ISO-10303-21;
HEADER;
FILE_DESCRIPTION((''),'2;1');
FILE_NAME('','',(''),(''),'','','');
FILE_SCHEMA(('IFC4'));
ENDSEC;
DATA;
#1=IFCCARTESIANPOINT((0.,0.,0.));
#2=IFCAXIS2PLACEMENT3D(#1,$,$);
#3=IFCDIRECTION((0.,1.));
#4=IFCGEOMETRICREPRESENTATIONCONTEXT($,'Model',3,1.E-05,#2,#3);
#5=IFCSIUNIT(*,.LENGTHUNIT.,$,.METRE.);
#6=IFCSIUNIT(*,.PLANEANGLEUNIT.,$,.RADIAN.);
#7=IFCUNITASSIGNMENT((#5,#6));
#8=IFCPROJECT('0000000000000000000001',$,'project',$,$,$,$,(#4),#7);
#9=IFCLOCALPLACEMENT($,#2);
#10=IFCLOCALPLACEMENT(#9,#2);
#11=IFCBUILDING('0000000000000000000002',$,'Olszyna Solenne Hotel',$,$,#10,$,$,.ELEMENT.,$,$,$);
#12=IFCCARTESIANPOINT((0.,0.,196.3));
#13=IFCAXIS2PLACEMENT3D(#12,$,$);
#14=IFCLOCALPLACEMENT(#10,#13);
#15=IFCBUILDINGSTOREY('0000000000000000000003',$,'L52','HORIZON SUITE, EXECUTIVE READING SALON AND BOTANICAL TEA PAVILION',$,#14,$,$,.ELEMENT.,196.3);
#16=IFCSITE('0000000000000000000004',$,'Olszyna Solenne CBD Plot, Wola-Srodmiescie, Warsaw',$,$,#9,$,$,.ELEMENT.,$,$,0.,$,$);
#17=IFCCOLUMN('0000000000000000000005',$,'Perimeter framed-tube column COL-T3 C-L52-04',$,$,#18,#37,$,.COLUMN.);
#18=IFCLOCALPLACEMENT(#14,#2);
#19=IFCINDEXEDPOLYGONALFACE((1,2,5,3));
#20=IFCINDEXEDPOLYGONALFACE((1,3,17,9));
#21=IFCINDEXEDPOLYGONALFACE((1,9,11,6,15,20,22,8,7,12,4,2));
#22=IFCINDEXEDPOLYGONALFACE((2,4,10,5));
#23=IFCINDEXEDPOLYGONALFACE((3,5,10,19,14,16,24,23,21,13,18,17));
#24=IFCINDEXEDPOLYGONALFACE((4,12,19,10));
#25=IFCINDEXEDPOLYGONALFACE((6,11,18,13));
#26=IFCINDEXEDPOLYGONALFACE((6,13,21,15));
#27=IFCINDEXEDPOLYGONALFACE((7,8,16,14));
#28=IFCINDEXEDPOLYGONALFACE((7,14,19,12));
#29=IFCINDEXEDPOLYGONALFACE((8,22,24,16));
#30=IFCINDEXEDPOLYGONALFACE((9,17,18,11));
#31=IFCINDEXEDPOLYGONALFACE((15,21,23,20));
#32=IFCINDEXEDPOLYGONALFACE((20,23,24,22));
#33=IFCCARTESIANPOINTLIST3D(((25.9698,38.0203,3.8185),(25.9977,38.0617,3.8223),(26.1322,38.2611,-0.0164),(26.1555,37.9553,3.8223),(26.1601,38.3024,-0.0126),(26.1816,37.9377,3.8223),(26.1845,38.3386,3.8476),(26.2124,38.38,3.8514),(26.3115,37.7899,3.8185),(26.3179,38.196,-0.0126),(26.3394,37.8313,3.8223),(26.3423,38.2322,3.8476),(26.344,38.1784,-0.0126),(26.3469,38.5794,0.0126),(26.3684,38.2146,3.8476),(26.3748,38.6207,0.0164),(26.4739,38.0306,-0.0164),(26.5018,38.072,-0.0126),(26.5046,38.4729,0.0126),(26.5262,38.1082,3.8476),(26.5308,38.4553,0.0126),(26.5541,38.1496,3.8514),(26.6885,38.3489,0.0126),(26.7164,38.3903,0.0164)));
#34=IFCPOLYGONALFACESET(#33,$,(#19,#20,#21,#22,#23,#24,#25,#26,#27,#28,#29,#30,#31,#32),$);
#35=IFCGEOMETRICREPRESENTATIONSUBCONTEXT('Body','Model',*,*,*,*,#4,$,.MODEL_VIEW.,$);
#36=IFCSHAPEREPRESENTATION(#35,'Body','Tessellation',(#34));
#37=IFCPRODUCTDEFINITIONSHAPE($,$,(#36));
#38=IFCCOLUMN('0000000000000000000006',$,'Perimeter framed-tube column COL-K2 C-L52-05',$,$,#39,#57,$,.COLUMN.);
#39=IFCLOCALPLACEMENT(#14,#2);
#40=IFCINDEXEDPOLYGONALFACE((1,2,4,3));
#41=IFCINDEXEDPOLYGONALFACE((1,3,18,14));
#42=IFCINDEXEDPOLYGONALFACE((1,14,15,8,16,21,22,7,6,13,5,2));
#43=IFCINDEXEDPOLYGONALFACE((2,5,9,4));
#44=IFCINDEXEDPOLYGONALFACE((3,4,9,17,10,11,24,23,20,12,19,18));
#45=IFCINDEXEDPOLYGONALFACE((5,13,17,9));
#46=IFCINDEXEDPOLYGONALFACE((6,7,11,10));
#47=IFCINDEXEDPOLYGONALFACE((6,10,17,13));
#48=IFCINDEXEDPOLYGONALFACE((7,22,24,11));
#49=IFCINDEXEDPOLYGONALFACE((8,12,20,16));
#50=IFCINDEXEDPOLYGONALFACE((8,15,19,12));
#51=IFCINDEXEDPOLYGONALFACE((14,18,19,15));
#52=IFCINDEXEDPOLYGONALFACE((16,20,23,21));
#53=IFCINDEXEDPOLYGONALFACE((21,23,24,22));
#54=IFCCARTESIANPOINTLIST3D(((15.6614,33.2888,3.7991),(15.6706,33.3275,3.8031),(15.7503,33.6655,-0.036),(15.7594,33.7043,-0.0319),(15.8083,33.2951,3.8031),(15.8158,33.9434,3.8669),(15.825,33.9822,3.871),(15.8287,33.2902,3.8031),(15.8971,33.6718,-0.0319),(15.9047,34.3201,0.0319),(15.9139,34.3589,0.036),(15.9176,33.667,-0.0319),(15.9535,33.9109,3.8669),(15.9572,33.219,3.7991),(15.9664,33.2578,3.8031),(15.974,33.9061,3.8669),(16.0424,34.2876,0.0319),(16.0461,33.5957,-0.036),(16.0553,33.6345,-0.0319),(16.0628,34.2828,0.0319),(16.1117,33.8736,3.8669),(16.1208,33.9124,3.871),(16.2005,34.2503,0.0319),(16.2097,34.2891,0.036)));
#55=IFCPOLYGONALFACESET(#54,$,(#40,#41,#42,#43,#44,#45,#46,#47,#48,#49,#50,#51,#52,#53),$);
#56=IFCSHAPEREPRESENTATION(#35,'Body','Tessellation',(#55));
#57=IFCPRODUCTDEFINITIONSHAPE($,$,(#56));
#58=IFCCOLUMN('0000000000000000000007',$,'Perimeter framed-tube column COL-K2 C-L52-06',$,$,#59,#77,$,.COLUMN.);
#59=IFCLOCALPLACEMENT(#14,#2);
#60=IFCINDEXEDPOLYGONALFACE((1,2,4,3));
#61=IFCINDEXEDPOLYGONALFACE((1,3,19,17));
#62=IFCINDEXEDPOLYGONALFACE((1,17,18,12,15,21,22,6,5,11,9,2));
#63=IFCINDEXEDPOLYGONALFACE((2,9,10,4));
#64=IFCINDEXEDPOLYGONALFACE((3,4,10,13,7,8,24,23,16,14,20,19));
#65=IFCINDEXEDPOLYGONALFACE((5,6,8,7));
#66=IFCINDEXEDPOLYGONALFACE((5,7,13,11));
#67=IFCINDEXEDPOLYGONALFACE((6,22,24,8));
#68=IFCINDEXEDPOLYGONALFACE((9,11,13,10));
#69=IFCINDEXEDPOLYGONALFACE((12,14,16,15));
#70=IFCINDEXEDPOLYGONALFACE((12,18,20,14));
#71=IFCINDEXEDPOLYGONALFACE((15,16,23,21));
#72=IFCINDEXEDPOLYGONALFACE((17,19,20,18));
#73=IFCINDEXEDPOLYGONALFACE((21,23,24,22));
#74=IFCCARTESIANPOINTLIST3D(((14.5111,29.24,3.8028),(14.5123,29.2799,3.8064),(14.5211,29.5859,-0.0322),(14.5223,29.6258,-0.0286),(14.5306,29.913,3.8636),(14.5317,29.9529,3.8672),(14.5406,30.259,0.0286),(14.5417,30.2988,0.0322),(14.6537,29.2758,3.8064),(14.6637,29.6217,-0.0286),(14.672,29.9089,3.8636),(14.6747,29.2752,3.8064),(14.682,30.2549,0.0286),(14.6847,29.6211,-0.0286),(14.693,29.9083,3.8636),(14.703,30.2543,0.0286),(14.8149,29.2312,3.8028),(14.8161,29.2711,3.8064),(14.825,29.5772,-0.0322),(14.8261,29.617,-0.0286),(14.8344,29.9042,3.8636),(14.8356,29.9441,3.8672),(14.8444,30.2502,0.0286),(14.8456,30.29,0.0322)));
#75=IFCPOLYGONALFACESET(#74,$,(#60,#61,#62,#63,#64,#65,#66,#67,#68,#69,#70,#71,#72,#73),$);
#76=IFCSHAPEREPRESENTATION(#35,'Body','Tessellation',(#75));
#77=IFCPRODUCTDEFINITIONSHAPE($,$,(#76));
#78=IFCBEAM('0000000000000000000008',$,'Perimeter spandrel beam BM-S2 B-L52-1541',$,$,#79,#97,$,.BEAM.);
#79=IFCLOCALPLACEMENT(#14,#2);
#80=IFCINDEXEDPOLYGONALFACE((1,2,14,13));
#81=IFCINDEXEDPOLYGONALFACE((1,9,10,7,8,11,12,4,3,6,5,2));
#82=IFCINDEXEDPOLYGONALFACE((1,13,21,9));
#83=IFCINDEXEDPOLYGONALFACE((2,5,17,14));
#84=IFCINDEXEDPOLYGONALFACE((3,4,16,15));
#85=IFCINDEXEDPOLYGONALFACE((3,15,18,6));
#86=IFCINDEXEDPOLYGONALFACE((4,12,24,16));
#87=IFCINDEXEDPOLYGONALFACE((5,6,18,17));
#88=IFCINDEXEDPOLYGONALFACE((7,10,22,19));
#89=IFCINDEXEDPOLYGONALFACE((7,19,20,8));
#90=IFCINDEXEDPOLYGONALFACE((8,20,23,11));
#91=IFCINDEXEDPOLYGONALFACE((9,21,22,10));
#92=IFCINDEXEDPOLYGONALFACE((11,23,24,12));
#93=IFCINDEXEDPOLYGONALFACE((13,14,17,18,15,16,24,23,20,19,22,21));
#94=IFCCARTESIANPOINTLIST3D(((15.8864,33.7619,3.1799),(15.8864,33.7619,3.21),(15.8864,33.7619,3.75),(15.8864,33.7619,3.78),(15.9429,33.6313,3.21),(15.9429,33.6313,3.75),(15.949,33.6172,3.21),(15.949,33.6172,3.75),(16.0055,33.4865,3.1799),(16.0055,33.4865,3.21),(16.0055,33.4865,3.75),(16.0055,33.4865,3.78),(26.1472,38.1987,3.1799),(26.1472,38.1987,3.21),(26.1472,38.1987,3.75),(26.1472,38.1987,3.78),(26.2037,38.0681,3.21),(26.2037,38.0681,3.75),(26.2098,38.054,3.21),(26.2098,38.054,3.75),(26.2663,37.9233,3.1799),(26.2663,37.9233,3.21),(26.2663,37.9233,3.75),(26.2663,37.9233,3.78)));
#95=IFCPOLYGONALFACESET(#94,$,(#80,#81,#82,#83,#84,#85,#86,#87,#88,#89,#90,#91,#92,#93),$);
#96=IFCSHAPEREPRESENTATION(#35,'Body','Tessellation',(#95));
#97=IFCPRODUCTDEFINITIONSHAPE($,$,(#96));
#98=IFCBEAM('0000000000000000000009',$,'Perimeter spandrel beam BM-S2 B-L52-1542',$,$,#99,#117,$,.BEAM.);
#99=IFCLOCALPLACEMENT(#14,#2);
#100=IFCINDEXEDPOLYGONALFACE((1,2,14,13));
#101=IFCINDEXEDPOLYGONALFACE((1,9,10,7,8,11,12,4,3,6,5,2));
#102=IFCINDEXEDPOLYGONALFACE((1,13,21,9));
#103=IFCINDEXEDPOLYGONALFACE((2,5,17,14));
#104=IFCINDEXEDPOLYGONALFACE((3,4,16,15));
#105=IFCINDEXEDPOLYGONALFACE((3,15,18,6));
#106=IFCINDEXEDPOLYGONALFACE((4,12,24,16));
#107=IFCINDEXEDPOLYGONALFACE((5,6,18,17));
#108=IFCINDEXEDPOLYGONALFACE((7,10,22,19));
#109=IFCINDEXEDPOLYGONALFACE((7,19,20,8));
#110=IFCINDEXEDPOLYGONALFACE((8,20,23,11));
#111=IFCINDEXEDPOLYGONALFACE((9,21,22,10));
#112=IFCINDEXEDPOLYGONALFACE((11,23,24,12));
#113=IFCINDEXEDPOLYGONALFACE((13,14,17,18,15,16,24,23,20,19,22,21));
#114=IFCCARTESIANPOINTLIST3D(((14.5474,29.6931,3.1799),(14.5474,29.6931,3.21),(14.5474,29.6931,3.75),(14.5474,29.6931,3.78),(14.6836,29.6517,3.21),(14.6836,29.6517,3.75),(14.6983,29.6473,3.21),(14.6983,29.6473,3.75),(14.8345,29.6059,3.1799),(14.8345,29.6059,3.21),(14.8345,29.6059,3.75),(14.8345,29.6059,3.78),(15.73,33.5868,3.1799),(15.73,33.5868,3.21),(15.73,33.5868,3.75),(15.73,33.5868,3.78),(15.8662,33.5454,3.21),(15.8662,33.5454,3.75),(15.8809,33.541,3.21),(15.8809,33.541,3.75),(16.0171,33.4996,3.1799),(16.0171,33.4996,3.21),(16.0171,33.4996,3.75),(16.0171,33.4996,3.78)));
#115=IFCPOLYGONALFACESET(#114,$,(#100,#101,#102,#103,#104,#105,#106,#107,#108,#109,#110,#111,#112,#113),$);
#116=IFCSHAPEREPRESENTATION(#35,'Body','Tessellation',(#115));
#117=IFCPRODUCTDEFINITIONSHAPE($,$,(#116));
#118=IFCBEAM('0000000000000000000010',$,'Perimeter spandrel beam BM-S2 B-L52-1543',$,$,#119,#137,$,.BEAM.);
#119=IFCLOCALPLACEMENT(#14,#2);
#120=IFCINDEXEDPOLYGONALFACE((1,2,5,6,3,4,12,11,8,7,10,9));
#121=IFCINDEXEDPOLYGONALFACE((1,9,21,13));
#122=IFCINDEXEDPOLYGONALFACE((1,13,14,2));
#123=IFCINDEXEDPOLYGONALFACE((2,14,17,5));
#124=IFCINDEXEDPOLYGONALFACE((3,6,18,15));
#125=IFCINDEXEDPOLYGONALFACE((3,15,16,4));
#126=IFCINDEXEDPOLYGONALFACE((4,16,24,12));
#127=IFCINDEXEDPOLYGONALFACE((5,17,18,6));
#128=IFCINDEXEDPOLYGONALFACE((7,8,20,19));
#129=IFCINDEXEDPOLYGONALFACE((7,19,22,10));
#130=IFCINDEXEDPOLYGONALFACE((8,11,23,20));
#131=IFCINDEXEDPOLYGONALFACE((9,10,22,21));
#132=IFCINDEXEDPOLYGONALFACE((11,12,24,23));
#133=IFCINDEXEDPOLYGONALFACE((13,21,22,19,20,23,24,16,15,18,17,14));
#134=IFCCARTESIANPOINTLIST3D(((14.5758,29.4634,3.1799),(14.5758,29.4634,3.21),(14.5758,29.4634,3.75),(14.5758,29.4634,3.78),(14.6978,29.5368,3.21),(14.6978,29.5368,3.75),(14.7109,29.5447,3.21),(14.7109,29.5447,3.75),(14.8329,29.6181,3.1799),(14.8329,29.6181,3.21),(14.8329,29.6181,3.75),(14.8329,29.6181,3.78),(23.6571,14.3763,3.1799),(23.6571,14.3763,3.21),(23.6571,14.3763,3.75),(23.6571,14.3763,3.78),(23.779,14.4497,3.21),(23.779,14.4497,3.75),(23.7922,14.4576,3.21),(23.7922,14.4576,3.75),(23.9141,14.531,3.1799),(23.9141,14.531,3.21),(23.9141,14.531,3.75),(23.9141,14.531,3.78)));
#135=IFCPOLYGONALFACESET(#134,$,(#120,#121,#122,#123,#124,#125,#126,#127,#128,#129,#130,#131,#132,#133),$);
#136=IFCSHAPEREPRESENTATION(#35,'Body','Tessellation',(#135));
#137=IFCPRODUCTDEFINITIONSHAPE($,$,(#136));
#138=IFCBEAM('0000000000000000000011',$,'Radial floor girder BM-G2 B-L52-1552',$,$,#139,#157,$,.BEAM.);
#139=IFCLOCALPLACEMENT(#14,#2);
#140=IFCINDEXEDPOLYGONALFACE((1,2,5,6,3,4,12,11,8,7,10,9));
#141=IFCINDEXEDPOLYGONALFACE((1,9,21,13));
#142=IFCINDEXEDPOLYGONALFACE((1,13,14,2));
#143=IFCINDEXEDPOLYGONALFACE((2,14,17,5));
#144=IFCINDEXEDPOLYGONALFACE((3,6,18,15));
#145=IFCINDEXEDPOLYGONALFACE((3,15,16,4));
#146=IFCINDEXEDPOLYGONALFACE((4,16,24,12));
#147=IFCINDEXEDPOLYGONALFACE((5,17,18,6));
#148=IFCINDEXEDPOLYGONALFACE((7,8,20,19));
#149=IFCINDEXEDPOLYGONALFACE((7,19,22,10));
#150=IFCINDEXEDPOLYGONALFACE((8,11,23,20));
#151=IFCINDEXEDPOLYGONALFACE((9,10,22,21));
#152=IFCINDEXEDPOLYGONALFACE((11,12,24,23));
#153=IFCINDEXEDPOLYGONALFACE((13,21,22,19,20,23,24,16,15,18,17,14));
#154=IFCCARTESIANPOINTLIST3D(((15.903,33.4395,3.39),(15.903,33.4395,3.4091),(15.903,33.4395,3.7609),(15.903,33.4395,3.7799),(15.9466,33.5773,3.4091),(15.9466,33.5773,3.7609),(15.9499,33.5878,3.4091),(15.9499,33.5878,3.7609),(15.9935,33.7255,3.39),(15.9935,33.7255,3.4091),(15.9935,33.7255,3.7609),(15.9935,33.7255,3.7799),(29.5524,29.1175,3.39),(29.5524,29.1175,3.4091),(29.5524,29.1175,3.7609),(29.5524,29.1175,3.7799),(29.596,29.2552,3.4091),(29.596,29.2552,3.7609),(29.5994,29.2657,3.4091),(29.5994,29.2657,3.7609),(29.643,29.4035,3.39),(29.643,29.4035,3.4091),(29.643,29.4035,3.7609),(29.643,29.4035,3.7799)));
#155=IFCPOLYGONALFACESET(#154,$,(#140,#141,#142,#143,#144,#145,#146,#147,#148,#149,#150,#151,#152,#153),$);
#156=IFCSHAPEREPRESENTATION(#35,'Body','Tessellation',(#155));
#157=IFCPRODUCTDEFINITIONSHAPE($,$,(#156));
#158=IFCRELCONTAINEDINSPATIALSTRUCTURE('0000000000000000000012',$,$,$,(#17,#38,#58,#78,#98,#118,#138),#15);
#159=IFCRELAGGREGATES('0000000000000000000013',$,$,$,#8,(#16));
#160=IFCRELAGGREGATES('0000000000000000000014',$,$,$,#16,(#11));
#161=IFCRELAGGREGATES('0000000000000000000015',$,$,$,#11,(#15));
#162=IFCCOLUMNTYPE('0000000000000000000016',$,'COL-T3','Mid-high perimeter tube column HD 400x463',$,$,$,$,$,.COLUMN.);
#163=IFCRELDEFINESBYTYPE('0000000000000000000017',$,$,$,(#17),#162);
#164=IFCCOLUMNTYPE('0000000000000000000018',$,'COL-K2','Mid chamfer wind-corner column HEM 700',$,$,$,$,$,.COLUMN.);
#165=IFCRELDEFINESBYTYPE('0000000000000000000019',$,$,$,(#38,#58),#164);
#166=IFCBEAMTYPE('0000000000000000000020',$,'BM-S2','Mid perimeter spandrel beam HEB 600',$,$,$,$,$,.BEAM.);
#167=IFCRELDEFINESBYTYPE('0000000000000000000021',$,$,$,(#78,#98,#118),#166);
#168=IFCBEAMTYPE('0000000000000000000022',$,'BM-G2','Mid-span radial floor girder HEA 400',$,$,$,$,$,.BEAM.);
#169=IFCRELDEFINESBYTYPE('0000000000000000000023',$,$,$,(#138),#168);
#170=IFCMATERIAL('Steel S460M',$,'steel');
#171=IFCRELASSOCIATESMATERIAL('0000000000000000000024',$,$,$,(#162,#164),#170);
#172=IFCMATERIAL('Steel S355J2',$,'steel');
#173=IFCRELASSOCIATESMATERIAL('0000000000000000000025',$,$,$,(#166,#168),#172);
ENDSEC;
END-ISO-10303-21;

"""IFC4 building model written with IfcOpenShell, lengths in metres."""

from ifc_helpers import new_model, si_unit, direction, frame, origin, origin_2d, place, context, subcontext, project, spatial, i_section, extrude, source, transform, mapped, material, material_profile, profile_set, type_object, element, save


model = new_model("IFC4")

# Units and contexts
model_context = context("Model", 3, precision=1e-05, world=origin(), true_north=direction((0.0, 1.0)))
body_context = subcontext(model_context, "Body", "Model", "MODEL_VIEW")
ifc_project = project(units=[si_unit("LENGTHUNIT", "METRE"), si_unit("PLANEANGLEUNIT", "RADIAN")], contexts=[model_context])

# Site, building, storey
site_placement = place(None, origin())
site = spatial("IfcSite", under=ifc_project, at=site_placement, Name="Olszyna Solenne CBD Plot, Wola-Srodmiescie, Warsaw", CompositionType="ELEMENT", RefElevation=0.0)
building_placement = place(site_placement, origin())
building = spatial("IfcBuilding", under=site, at=building_placement, Name="Olszyna Solenne Hotel", CompositionType="ELEMENT")
storey_placement = place(building_placement, frame((0.0, 0.0, 196.3)))
storey = spatial("IfcBuildingStorey", under=building, at=storey_placement, Name="L52", Description="HORIZON SUITE, EXECUTIVE READING SALON AND BOTANICAL TEA PAVILION", CompositionType="ELEMENT", Elevation=196.3)

# Columns
ifc_material_1 = material(Name="Steel S460M", Category="steel")
ifc_material_profile_1 = material_profile(ifc_material_1, i_section(OverallWidth=0.4121, OverallDepth=0.4351, WebThickness=0.0315, FlangeThickness=0.05, at=origin_2d()), Name="HD 400x463", Category="load-bearing")
ifc_profile_set_1 = profile_set([ifc_material_profile_1], Name="Steel S460M")
column_type_1 = type_object("IfcColumnType", Name="COL-T3", Description="Mid-high perimeter tube column HD 400x463", PredefinedType="COLUMN", material=ifc_profile_set_1)
shared_shape_1 = source(origin(), body_context, "Body", "SweptSolid", [
    extrude(i_section(OverallWidth=0.4121, OverallDepth=0.4351, WebThickness=0.0315, FlangeThickness=0.05, at=origin_2d()), origin(), (0.0, 0.0, 1.0), 3.8459),
])
column_1_placement = place(storey_placement, frame((26.4243, 38.3257, 0.0), z_axis=(-0.042214, -0.062591, 0.997146), x_axis=(0.829063, -0.559155, 0.0)))
element("IfcColumn", 1, at=column_1_placement, inside=storey, type_object=column_type_1, Name="Perimeter framed-tube column COL-T3 C-L52-04", PredefinedType="COLUMN", context=body_context, shape_type="MappedRepresentation", body=[
    mapped(shared_shape_1, transform((0.0, 0.0, 0.0), x_axis=(1.0, 0.0, 0.0), y_axis=(0.0, 1.0, 0.0), z_axis=(0.0, 0.0, 1.0), scale=1.0)),
])
ifc_material_profile_2 = material_profile(ifc_material_1, i_section(OverallWidth=0.304, OverallDepth=0.7161, WebThickness=0.021, FlangeThickness=0.04, at=origin_2d()), Name="HEM 700", Category="load-bearing")
ifc_profile_set_2 = profile_set([ifc_material_profile_2], Name="Steel S460M")
column_type_2 = type_object("IfcColumnType", Name="COL-K2", Description="Mid chamfer wind-corner column HEM 700", PredefinedType="COLUMN", material=ifc_profile_set_2)
shared_shape_2 = source(origin(), body_context, "Body", "SweptSolid", [
    extrude(i_section(OverallWidth=0.304, OverallDepth=0.7161, WebThickness=0.021, FlangeThickness=0.04, at=origin_2d()), origin(), (0.0, 0.0, 1.0), 3.8545),
])
column_2_placement = place(storey_placement, frame((15.98, 33.9773, 0.0), z_axis=(-0.023056, -0.097734, 0.994946), x_axis=(0.973285, -0.229602, 0.0)))
element("IfcColumn", 2, at=column_2_placement, inside=storey, type_object=column_type_2, Name="Perimeter framed-tube column COL-K2 C-L52-05", PredefinedType="COLUMN", context=body_context, shape_type="MappedRepresentation", body=[
    mapped(shared_shape_2, transform((0.0, 0.0, 0.0), x_axis=(1.0, 0.0, 0.0), y_axis=(0.0, 1.0, 0.0), z_axis=(0.0, 0.0, 1.0), scale=1.0)),
])
shared_shape_3 = source(origin(), body_context, "Body", "SweptSolid", [
    extrude(i_section(OverallWidth=0.304, OverallDepth=0.7161, WebThickness=0.021, FlangeThickness=0.04, at=origin_2d()), origin(), (0.0, 0.0, 1.0), 3.8506),
])
column_3_placement = place(storey_placement, frame((14.6833, 29.938, 0.0), z_axis=(-0.0026, -0.089844, 0.995952), x_axis=(0.999582, -0.028922, 0.0)))
element("IfcColumn", 3, at=column_3_placement, inside=storey, type_object=column_type_2, Name="Perimeter framed-tube column COL-K2 C-L52-06", PredefinedType="COLUMN", context=body_context, shape_type="MappedRepresentation", body=[
    mapped(shared_shape_3, transform((0.0, 0.0, 0.0), x_axis=(1.0, 0.0, 0.0), y_axis=(0.0, 1.0, 0.0), z_axis=(0.0, 0.0, 1.0), scale=1.0)),
])

# Beams
ifc_material_2 = material(Name="Steel S355J2", Category="steel")
ifc_material_profile_3 = material_profile(ifc_material_2, i_section(OverallWidth=0.3, OverallDepth=0.6001, WebThickness=0.0154, FlangeThickness=0.03, at=origin_2d()), Name="HEB 600", Category="load-bearing")
ifc_profile_set_3 = profile_set([ifc_material_profile_3], Name="Steel S355J2")
beam_type_1 = type_object("IfcBeamType", Name="BM-S2", Description="Mid perimeter spandrel beam HEB 600", PredefinedType="BEAM", material=ifc_profile_set_3)
shared_shape_4 = source(origin(), body_context, "Body", "SweptSolid", [
    extrude(i_section(OverallWidth=0.3, OverallDepth=0.6001, WebThickness=0.0154, FlangeThickness=0.03, at=origin_2d()), origin(), (0.0, 0.0, 1.0), 11.179),
])
beam_1_placement = place(storey_placement, frame((26.2068, 38.061, 3.48), z_axis=(-0.917867, -0.396888, 0.0), x_axis=(0.396888, -0.917867, 0.0)))
element("IfcBeam", 4, at=beam_1_placement, inside=storey, type_object=beam_type_1, Name="Perimeter spandrel beam BM-S2 B-L52-1541", PredefinedType="BEAM", context=body_context, shape_type="MappedRepresentation", body=[
    mapped(shared_shape_4, transform((0.0, 0.0, 0.0), x_axis=(1.0, 0.0, 0.0), y_axis=(0.0, 1.0, 0.0), z_axis=(0.0, 0.0, 1.0), scale=1.0)),
])
shared_shape_5 = source(origin(), body_context, "Body", "SweptSolid", [
    extrude(i_section(OverallWidth=0.3, OverallDepth=0.6001, WebThickness=0.0154, FlangeThickness=0.03, at=origin_2d()), origin(), (0.0, 0.0, 1.0), 4.0693),
])
beam_2_placement = place(storey_placement, frame((15.8735, 33.5432, 3.48), z_axis=(-0.29061, -0.956842, 0.0), x_axis=(0.956842, -0.29061, 0.0)))
element("IfcBeam", 5, at=beam_2_placement, inside=storey, type_object=beam_type_1, Name="Perimeter spandrel beam BM-S2 B-L52-1542", PredefinedType="BEAM", context=body_context, shape_type="MappedRepresentation", body=[
    mapped(shared_shape_5, transform((0.0, 0.0, 0.0), x_axis=(1.0, 0.0, 0.0), y_axis=(0.0, 1.0, 0.0), z_axis=(0.0, 0.0, 1.0), scale=1.0)),
])
shared_shape_6 = source(origin(), body_context, "Body", "SweptSolid", [
    extrude(i_section(OverallWidth=0.3, OverallDepth=0.6001, WebThickness=0.0154, FlangeThickness=0.03, at=origin_2d()), origin(), (0.0, 0.0, 1.0), 17.6094),
])
beam_3_placement = place(storey_placement, frame((14.7043, 29.5408, 3.48), z_axis=(0.515706, -0.856765, 0.0), x_axis=(0.856765, 0.515706, 0.0)))
element("IfcBeam", 6, at=beam_3_placement, inside=storey, type_object=beam_type_1, Name="Perimeter spandrel beam BM-S2 B-L52-1543", PredefinedType="BEAM", context=body_context, shape_type="MappedRepresentation", body=[
    mapped(shared_shape_6, transform((0.0, 0.0, 0.0), x_axis=(1.0, 0.0, 0.0), y_axis=(0.0, 1.0, 0.0), z_axis=(0.0, 0.0, 1.0), scale=1.0)),
])
ifc_material_profile_4 = material_profile(ifc_material_2, i_section(OverallWidth=0.3, OverallDepth=0.3899, WebThickness=0.011, FlangeThickness=0.019, at=origin_2d()), Name="HEA 400", Category="load-bearing")
ifc_profile_set_4 = profile_set([ifc_material_profile_4], Name="Steel S355J2")
beam_type_2 = type_object("IfcBeamType", Name="BM-G2", Description="Mid-span radial floor girder HEA 400", PredefinedType="BEAM", material=ifc_profile_set_4)
shared_shape_7 = source(origin(), body_context, "Body", "SweptSolid", [
    extrude(i_section(OverallWidth=0.3, OverallDepth=0.3899, WebThickness=0.011, FlangeThickness=0.019, at=origin_2d()), origin(), (0.0, 0.0, 1.0), 14.3174),
])
beam_4_placement = place(storey_placement, frame((15.9482, 33.5825, 3.585), z_axis=(0.953348, -0.301873, 0.0), x_axis=(0.301873, 0.953348, 0.0)))
element("IfcBeam", 7, at=beam_4_placement, inside=storey, type_object=beam_type_2, Name="Radial floor girder BM-G2 B-L52-1552", PredefinedType="BEAM", context=body_context, shape_type="MappedRepresentation", body=[
    mapped(shared_shape_7, transform((0.0, 0.0, 0.0), x_axis=(1.0, 0.0, 0.0), y_axis=(0.0, 1.0, 0.0), z_axis=(0.0, 0.0, 1.0), scale=1.0)),
])

save(model, "model.ifc")
